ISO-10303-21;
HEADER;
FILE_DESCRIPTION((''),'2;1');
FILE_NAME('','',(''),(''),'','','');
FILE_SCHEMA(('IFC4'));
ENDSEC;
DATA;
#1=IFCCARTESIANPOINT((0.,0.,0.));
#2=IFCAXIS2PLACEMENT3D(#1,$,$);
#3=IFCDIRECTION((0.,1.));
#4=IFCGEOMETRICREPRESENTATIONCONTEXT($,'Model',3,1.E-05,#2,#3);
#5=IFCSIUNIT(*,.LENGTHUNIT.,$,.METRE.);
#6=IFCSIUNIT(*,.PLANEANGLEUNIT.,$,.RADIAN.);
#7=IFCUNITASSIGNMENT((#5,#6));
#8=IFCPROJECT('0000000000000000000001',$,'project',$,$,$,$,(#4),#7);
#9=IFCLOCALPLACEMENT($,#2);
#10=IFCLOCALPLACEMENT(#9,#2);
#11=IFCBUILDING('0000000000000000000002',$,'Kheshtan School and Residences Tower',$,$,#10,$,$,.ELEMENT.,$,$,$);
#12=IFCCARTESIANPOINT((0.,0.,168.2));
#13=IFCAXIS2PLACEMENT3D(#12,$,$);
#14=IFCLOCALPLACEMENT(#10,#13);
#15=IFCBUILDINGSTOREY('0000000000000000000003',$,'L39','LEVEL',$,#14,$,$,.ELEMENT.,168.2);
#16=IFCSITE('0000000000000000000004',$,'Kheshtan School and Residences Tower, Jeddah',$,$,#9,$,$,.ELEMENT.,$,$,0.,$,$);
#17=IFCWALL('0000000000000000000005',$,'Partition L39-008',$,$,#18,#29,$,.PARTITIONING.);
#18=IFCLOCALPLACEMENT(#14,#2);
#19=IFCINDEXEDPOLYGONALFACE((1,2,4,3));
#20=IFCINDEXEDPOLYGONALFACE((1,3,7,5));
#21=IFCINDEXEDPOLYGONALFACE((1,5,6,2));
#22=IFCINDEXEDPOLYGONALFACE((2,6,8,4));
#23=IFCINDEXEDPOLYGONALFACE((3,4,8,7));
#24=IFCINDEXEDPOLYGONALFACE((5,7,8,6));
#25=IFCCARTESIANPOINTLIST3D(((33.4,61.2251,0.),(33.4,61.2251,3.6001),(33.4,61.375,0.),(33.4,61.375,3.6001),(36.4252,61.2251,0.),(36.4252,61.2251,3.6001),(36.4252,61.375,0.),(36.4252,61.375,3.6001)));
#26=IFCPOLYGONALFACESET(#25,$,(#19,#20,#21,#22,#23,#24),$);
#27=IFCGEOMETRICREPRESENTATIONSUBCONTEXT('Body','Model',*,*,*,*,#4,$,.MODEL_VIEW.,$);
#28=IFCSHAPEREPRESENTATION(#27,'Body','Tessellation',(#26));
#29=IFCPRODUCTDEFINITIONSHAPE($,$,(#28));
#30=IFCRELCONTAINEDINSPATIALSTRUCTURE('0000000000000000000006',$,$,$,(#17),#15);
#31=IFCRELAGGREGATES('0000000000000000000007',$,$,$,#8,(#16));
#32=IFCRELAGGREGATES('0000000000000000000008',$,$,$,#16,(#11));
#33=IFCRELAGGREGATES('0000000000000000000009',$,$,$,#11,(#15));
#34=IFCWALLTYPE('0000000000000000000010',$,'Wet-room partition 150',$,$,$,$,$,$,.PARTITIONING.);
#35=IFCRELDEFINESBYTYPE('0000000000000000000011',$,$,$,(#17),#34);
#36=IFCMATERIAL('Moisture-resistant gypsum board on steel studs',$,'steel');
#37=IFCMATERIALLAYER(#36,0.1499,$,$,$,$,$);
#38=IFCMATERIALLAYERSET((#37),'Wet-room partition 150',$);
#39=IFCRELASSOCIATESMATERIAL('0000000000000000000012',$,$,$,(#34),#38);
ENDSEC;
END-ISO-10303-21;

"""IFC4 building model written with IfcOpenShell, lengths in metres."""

from ifc_helpers import new_model, si_unit, direction, frame, frame_2d, origin, place, context, subcontext, project, spatial, rectangle, extrude, material, layer, layer_set, type_object, element, save


model = new_model("IFC4")

# Units and contexts
model_context = context("Model", 3, precision=1e-05, world=origin(), true_north=direction((0.0, 1.0)))
body_context = subcontext(model_context, "Body", "Model", "MODEL_VIEW")
ifc_project = project(units=[si_unit("LENGTHUNIT", "METRE"), si_unit("PLANEANGLEUNIT", "RADIAN")], contexts=[model_context])

# Site, building, storey
site_placement = place(None, origin())
site = spatial("IfcSite", under=ifc_project, at=site_placement, Name="Kheshtan School and Residences Tower, Jeddah", CompositionType="ELEMENT", RefElevation=0.0)
building_placement = place(site_placement, origin())
building = spatial("IfcBuilding", under=site, at=building_placement, Name="Kheshtan School and Residences Tower", CompositionType="ELEMENT")
storey_placement = place(building_placement, frame((0.0, 0.0, 168.2)))
storey = spatial("IfcBuildingStorey", under=building, at=storey_placement, Name="L39", Description="LEVEL", CompositionType="ELEMENT", Elevation=168.2)

# Wall
ifc_material_1 = material(Name="Moisture-resistant gypsum board on steel studs", Category="steel")
ifc_layer_1 = layer(ifc_material_1, 0.1499)
ifc_layer_set_1 = layer_set([ifc_layer_1], Name="Wet-room partition 150")
wall_type_1 = type_object("IfcWallType", Name="Wet-room partition 150", PredefinedType="PARTITIONING", material=ifc_layer_set_1)
wall_1_placement = place(storey_placement, frame((33.3999, 61.3, 0.0), z_axis=(0.0, 0.0, 1.0), x_axis=(1.0, 0.0, 0.0)))
element("IfcWall", 1, at=wall_1_placement, inside=storey, type_object=wall_type_1, Name="Partition L39-008", PredefinedType="PARTITIONING", context=body_context, shape_type="SweptSolid", body=[
    extrude(rectangle(XDim=3.0251, YDim=0.1499, at=frame_2d((1.5127, 0.0))), origin(), (0.0, 0.0, 1.0), 3.6001),
])

save(model, "model.ifc")
